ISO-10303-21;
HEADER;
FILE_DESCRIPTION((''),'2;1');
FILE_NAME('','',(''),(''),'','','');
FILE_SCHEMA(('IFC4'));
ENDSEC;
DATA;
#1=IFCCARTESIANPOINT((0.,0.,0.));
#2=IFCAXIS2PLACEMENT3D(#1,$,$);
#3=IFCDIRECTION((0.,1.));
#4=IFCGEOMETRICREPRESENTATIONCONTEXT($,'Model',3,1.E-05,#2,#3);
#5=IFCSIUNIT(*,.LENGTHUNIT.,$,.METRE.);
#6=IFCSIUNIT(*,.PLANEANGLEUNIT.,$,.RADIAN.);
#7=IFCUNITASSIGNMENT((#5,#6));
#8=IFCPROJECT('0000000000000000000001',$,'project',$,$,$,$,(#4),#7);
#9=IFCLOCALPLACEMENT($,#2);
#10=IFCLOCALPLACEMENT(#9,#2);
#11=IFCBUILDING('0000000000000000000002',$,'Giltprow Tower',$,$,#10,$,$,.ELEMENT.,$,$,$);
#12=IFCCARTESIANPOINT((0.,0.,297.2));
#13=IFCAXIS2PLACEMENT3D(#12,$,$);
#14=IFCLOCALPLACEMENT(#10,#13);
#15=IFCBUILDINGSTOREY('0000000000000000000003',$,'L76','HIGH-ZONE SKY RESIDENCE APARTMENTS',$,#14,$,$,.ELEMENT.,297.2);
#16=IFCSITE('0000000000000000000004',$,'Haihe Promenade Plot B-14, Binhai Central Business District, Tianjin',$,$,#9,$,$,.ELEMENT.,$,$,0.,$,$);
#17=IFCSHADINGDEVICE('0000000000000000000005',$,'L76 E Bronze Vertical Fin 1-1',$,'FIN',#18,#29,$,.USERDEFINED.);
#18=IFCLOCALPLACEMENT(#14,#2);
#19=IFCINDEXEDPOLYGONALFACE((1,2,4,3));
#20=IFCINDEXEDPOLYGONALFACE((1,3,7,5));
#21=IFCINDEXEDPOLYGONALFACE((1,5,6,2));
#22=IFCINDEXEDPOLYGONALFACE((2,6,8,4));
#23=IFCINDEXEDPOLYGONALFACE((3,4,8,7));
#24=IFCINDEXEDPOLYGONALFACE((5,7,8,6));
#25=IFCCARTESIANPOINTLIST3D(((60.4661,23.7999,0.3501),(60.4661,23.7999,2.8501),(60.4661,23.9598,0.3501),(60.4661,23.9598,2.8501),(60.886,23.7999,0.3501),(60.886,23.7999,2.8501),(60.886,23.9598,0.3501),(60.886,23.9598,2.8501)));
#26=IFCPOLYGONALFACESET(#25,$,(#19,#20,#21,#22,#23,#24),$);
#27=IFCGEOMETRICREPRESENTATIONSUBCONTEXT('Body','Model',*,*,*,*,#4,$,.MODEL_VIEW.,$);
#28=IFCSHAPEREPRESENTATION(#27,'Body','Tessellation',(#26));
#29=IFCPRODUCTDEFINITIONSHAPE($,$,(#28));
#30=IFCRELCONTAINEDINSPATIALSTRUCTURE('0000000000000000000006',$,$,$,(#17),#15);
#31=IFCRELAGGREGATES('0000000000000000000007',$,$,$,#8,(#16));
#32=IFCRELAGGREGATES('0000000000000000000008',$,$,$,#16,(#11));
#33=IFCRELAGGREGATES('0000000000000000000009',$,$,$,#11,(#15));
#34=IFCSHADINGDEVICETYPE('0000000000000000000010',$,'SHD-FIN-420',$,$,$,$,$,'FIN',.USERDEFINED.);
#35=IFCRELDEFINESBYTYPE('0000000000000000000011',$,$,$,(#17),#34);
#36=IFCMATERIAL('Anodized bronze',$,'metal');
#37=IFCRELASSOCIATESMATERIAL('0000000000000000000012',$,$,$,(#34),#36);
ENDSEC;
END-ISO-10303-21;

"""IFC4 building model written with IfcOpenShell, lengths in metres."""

from ifc_helpers import new_model, si_unit, direction, frame, origin, origin_2d, place, context, subcontext, project, spatial, rectangle, extrude, source, transform, mapped, material, type_object, element, save


model = new_model("IFC4")

# Units and contexts
model_context = context("Model", 3, precision=1e-05, world=origin(), true_north=direction((0.0, 1.0)))
body_context = subcontext(model_context, "Body", "Model", "MODEL_VIEW")
ifc_project = project(units=[si_unit("LENGTHUNIT", "METRE"), si_unit("PLANEANGLEUNIT", "RADIAN")], contexts=[model_context])

# Site, building, storey
site_placement = place(None, origin())
site = spatial("IfcSite", under=ifc_project, at=site_placement, Name="Haihe Promenade Plot B-14, Binhai Central Business District, Tianjin", CompositionType="ELEMENT", RefElevation=0.0)
building_placement = place(site_placement, origin())
building = spatial("IfcBuilding", under=site, at=building_placement, Name="Giltprow Tower", CompositionType="ELEMENT")
storey_placement = place(building_placement, frame((0.0, 0.0, 297.2)))
storey = spatial("IfcBuildingStorey", under=building, at=storey_placement, Name="L76", Description="HIGH-ZONE SKY RESIDENCE APARTMENTS", CompositionType="ELEMENT", Elevation=297.2)

# Shared definitions
ifc_material_1 = material(Name="Anodized bronze", Category="metal")

# Shading device
shading_device_type = type_object("IfcShadingDeviceType", Name="SHD-FIN-420", ElementType="FIN", PredefinedType="USERDEFINED", material=ifc_material_1)
shared_shape_1 = source(origin(), body_context, "Body", "SweptSolid", [
    extrude(rectangle(XDim=0.4199, YDim=0.1599, at=origin_2d()), origin(), (0.0, 0.0, 1.0), 2.5),
])
shading_device_placement = place(storey_placement, frame((60.676, 23.8799, 0.3501), z_axis=(0.0, 0.0, 1.0), x_axis=(1.0, 0.0, 0.0)))
element("IfcShadingDevice", 1, at=shading_device_placement, inside=storey, type_object=shading_device_type, Name="L76 E Bronze Vertical Fin 1-1", ObjectType="FIN", PredefinedType="USERDEFINED", context=body_context, shape_type="MappedRepresentation", body=[
    mapped(shared_shape_1, transform((0.0, 0.0, 0.0), x_axis=(1.0, 0.0, 0.0), y_axis=(0.0, 1.0, 0.0), z_axis=(0.0, 0.0, 1.0), scale=1.0)),
])

save(model, "model.ifc")
